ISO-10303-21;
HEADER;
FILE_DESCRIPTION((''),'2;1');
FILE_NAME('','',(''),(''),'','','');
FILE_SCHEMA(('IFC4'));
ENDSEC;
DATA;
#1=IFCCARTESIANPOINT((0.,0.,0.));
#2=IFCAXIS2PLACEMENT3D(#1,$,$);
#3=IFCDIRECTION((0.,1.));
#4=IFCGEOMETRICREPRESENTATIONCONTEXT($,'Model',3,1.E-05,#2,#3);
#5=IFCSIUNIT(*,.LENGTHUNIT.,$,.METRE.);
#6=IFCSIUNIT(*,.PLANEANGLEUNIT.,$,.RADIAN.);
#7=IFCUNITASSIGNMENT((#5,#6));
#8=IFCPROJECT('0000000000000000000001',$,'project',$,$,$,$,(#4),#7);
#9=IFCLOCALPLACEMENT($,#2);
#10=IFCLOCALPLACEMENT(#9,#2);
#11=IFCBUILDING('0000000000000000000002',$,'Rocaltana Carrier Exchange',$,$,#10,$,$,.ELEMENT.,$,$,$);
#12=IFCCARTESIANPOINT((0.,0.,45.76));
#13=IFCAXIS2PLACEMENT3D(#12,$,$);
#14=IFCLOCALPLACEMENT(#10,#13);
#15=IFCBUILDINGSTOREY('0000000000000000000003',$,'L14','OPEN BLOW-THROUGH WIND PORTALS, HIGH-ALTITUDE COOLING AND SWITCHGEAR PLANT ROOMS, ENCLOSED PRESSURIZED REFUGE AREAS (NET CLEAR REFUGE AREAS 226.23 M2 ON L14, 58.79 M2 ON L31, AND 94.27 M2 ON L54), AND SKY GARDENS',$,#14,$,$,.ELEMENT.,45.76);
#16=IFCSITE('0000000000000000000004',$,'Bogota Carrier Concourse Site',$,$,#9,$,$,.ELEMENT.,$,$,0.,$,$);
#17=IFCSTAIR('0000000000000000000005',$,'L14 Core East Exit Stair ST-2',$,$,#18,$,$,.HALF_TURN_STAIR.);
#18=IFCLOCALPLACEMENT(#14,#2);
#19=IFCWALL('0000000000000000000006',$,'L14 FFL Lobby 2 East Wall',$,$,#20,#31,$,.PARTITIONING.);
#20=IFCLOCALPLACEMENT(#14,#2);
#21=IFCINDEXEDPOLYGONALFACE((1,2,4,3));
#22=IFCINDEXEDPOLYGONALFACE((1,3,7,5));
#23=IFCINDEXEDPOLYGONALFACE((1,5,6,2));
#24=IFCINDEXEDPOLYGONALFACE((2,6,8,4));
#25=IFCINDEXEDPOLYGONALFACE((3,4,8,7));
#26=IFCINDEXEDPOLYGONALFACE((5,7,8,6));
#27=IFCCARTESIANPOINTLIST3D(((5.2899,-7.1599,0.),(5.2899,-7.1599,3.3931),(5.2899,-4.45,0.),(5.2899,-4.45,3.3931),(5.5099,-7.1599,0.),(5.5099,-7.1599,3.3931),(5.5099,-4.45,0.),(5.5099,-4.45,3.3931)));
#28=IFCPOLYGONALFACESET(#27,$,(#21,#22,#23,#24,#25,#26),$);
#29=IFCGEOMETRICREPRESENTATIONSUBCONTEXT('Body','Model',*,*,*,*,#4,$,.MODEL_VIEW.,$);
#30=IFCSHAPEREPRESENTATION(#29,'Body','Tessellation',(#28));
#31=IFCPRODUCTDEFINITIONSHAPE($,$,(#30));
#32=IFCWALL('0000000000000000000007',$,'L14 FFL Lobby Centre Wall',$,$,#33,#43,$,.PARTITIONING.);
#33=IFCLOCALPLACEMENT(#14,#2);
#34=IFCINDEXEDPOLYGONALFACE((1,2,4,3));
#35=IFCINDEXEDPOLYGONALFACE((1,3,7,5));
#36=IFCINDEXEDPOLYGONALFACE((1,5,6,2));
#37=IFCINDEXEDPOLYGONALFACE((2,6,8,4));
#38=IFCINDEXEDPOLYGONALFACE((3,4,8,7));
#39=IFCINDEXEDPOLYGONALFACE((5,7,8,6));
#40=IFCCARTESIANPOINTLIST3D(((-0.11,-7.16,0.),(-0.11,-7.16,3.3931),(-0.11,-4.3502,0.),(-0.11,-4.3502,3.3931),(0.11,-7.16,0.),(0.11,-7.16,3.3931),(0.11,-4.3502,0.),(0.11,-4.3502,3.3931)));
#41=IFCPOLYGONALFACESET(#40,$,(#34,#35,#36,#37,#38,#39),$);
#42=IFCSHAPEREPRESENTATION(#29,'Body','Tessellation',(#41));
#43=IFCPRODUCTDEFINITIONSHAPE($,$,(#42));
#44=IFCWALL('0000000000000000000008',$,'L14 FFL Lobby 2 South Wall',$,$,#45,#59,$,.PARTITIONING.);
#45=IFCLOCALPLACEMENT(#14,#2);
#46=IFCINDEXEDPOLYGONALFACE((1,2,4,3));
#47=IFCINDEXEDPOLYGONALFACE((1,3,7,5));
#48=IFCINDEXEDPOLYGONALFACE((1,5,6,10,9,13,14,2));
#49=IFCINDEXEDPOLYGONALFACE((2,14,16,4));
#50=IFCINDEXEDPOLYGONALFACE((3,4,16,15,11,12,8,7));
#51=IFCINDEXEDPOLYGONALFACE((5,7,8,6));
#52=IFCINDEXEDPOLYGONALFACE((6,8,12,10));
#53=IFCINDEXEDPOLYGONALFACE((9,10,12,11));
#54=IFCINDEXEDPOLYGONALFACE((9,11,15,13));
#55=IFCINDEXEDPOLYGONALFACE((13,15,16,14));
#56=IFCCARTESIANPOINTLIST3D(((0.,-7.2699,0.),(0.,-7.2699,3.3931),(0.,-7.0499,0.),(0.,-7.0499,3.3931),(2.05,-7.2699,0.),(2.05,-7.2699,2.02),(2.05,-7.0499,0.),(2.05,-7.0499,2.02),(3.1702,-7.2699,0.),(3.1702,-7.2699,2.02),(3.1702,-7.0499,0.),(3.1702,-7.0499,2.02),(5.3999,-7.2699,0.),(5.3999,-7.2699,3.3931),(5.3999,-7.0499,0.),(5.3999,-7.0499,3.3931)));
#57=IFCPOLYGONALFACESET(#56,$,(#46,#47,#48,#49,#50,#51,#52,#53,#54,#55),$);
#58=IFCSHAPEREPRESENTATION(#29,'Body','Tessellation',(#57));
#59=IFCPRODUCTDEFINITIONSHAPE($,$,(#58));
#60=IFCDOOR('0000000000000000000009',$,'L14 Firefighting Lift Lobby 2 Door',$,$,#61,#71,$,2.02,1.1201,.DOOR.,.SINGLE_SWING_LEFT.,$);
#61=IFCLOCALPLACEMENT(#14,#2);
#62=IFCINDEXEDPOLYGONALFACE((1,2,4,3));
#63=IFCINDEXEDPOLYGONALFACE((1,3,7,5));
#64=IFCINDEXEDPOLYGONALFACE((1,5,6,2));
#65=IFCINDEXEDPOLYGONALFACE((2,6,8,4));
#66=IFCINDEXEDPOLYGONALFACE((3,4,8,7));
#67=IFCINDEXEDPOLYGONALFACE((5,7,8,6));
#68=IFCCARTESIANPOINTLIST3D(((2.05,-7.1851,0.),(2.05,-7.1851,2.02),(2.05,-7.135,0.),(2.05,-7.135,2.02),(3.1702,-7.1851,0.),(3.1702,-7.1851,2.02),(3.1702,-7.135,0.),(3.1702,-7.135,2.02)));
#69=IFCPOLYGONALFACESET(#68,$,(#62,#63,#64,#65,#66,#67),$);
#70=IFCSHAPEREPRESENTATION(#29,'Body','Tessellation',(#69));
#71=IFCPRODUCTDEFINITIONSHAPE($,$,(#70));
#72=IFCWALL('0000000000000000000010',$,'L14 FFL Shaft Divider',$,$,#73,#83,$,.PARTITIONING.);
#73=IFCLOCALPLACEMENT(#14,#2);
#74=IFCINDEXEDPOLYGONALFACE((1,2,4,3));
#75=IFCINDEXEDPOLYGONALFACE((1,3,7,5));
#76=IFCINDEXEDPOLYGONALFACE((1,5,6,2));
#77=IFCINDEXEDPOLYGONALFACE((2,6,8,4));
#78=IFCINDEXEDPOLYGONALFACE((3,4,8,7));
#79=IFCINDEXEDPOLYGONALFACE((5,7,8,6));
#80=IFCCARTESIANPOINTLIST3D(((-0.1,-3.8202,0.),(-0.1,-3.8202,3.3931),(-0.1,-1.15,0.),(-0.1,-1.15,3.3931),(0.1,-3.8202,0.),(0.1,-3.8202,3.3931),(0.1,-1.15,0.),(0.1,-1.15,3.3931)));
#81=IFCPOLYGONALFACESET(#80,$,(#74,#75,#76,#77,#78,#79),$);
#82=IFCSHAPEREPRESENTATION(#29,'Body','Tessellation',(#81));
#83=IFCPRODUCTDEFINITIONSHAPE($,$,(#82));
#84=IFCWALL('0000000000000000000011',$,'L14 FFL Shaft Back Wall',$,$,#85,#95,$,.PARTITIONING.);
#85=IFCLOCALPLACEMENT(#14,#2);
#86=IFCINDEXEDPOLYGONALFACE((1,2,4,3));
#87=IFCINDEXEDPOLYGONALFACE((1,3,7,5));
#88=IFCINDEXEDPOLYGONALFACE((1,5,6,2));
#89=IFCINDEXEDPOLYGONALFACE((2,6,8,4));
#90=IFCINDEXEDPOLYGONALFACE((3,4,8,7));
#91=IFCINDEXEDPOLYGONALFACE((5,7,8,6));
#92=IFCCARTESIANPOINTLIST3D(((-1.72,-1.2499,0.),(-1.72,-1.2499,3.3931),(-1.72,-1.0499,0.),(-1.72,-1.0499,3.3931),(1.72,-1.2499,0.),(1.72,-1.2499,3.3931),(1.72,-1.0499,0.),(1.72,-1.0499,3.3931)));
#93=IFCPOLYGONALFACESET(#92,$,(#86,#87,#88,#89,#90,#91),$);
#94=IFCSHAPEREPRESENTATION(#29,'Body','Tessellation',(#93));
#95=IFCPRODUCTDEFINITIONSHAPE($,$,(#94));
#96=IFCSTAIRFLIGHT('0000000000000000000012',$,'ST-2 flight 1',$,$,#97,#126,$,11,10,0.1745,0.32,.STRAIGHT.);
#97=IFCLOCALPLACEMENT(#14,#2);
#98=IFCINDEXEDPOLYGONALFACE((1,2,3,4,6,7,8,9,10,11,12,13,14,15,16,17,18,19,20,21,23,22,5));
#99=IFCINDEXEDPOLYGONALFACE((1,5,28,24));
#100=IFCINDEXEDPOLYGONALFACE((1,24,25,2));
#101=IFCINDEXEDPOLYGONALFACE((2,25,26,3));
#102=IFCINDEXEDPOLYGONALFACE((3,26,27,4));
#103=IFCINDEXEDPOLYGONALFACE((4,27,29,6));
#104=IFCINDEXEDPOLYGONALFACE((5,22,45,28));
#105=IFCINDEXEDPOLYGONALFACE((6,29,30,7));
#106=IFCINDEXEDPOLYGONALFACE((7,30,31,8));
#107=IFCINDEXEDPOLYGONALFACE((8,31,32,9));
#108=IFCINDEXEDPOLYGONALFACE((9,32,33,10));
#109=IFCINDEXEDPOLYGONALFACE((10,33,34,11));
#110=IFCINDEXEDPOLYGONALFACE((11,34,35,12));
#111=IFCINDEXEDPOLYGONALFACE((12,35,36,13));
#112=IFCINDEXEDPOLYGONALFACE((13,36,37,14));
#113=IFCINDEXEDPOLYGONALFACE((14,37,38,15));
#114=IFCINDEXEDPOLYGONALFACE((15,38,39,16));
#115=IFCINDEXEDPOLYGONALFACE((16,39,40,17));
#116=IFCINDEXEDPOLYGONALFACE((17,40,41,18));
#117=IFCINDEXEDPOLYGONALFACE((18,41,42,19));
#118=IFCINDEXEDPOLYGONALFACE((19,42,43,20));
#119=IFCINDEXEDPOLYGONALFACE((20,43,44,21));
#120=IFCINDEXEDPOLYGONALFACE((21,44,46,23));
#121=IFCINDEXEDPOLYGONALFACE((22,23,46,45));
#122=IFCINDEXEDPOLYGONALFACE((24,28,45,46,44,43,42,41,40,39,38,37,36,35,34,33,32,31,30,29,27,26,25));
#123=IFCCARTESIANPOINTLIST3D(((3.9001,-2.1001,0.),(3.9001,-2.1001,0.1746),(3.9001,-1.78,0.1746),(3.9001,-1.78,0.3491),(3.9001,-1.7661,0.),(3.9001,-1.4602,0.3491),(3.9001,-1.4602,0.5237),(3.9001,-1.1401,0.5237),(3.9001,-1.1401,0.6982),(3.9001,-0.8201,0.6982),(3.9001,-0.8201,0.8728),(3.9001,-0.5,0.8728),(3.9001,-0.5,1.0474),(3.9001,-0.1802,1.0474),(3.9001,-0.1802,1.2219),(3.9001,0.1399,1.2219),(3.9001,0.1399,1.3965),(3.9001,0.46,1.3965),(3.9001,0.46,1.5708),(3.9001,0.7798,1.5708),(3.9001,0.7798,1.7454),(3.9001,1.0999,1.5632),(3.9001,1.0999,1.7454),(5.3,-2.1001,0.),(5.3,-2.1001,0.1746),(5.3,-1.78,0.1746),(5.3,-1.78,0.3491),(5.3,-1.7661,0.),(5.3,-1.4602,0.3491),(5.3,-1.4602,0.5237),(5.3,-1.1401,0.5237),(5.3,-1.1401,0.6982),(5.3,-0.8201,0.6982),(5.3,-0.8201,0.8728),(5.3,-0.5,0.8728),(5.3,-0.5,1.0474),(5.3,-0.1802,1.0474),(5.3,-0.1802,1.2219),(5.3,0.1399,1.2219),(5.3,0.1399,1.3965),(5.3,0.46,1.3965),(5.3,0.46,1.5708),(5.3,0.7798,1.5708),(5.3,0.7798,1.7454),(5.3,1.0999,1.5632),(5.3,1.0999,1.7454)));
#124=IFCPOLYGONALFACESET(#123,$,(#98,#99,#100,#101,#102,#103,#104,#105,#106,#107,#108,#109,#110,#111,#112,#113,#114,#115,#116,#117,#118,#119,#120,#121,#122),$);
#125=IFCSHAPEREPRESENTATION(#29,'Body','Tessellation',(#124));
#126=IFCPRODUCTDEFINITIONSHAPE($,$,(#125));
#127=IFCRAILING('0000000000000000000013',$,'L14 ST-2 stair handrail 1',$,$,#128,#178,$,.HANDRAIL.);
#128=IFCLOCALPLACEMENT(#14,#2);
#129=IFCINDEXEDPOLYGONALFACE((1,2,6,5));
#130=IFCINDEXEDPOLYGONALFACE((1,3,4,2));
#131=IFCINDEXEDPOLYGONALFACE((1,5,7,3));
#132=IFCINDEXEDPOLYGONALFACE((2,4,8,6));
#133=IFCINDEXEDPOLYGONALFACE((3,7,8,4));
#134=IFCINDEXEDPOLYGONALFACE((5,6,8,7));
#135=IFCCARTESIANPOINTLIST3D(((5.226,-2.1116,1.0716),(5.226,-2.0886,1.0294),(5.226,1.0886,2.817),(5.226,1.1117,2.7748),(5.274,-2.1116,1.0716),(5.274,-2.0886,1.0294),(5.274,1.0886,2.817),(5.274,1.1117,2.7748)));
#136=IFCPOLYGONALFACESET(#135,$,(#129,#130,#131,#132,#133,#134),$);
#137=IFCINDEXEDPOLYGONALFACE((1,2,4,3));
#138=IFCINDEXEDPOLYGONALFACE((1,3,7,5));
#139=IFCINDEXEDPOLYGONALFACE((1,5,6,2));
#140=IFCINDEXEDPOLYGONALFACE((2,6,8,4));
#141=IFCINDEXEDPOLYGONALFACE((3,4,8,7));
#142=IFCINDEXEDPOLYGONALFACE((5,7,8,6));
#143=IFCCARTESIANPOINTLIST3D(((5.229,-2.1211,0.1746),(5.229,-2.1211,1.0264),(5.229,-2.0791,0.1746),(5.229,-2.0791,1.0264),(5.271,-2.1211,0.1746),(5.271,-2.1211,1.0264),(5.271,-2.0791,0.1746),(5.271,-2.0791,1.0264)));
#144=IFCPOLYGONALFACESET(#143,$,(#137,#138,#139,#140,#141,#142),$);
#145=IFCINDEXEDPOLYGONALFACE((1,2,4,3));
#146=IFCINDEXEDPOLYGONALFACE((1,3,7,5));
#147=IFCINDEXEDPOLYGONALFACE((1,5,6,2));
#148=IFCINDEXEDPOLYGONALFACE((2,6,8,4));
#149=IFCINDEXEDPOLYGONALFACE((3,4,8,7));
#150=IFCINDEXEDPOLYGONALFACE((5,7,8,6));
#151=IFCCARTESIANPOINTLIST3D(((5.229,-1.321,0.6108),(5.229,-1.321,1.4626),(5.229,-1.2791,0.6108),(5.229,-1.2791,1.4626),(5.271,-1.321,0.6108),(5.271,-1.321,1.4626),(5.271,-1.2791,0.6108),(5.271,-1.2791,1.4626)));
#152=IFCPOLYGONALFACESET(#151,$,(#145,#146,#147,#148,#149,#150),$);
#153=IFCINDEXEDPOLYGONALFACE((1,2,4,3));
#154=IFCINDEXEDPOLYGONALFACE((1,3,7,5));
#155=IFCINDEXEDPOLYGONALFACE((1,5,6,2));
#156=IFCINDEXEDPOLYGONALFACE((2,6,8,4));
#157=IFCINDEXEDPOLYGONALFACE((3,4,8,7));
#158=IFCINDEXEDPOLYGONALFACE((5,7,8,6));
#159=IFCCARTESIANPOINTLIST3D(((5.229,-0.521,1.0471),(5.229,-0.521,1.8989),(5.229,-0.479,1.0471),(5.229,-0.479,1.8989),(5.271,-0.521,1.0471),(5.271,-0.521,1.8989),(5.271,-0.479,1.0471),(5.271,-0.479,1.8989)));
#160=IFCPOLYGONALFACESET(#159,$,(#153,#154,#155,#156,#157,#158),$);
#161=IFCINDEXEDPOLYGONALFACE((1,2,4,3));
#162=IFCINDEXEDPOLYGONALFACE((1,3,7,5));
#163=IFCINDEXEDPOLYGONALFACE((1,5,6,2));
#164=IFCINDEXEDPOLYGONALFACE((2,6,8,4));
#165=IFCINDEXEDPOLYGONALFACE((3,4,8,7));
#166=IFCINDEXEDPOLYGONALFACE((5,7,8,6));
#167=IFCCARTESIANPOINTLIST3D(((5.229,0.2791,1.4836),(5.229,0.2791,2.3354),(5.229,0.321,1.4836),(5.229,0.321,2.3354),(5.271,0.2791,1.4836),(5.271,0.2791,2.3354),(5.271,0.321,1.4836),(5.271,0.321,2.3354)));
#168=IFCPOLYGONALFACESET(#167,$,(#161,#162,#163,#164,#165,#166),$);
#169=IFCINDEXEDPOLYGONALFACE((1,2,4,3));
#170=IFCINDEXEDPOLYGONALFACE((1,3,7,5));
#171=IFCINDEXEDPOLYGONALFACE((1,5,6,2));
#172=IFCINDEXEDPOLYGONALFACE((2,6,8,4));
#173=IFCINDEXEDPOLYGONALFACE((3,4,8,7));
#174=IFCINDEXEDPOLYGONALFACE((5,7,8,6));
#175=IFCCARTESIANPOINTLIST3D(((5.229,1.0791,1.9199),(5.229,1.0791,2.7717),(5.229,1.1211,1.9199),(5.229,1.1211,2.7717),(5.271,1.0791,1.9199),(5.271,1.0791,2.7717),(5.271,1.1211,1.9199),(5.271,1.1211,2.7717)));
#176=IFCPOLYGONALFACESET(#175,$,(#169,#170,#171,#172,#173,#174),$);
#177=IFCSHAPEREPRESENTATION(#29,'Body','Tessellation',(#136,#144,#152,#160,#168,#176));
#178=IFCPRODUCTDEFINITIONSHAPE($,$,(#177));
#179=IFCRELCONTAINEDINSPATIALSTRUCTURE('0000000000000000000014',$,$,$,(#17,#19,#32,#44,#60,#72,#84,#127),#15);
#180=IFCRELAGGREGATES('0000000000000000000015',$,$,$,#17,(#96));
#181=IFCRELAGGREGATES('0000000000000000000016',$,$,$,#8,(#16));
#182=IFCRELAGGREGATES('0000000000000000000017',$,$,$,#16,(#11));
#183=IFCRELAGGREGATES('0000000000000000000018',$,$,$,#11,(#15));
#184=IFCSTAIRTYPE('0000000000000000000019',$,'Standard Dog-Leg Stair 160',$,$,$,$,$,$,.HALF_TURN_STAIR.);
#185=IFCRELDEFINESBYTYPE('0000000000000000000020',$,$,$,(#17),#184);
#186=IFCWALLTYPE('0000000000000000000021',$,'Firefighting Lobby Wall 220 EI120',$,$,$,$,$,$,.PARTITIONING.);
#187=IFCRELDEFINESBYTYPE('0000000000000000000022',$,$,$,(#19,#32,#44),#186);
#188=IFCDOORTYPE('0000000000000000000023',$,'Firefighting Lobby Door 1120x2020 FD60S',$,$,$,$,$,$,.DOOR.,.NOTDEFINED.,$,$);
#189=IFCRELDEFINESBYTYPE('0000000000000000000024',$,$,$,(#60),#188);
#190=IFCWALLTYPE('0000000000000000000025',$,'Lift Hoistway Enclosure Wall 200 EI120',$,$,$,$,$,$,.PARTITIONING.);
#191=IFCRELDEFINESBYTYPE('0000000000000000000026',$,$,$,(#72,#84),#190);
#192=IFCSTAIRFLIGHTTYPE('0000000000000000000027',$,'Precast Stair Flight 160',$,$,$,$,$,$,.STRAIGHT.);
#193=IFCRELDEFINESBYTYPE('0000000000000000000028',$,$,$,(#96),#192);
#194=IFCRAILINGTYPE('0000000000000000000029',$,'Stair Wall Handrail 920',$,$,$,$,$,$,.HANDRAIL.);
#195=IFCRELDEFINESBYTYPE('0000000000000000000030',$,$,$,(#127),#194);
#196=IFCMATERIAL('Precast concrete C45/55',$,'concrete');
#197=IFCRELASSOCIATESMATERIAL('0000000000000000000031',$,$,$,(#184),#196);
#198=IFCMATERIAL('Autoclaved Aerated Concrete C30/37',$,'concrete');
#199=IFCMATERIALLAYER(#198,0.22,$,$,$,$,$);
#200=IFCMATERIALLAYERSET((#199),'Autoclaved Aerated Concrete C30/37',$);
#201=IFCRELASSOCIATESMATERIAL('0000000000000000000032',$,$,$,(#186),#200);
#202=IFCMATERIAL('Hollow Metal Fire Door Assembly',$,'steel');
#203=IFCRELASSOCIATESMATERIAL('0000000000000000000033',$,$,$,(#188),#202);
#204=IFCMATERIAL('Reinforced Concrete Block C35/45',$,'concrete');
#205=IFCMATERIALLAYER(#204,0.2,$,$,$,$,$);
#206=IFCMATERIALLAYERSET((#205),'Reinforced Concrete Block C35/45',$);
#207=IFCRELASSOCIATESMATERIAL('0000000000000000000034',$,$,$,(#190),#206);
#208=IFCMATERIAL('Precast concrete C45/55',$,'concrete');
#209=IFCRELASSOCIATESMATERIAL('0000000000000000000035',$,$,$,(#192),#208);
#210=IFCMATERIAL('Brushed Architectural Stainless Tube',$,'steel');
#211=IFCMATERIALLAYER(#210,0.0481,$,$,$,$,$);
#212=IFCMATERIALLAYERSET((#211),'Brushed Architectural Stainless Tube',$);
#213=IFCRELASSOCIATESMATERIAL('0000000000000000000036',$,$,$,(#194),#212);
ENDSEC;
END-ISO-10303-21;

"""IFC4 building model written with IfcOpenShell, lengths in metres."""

from ifc_helpers import new_model, si_unit, direction, frame, frame_2d, origin, origin_2d, place, context, subcontext, project, spatial, polyline, rectangle, outline, extrude, material, layer, layer_set, type_object, element, fill, aggregate, save


model = new_model("IFC4")

# Units and contexts
model_context = context("Model", 3, precision=1e-05, world=origin(), true_north=direction((0.0, 1.0)))
body_context = subcontext(model_context, "Body", "Model", "MODEL_VIEW")
ifc_project = project(units=[si_unit("LENGTHUNIT", "METRE"), si_unit("PLANEANGLEUNIT", "RADIAN")], contexts=[model_context])

# Site, building, storey
site_placement = place(None, origin())
site = spatial("IfcSite", under=ifc_project, at=site_placement, Name="Bogota Carrier Concourse Site", CompositionType="ELEMENT", RefElevation=0.0)
building_placement = place(site_placement, origin())
building = spatial("IfcBuilding", under=site, at=building_placement, Name="Rocaltana Carrier Exchange", CompositionType="ELEMENT")
storey_placement = place(building_placement, frame((0.0, 0.0, 45.76)))
storey = spatial("IfcBuildingStorey", under=building, at=storey_placement, Name="L14", Description="OPEN BLOW-THROUGH WIND PORTALS, HIGH-ALTITUDE COOLING AND SWITCHGEAR PLANT ROOMS, ENCLOSED PRESSURIZED REFUGE AREAS (NET CLEAR REFUGE AREAS 226.23 M2 ON L14, 58.79 M2 ON L31, AND 94.27 M2 ON L54), AND SKY GARDENS", CompositionType="ELEMENT", Elevation=45.76)

# Stair
ifc_material_1 = material(Name="Precast concrete C45/55", Category="concrete")
stair_type = type_object("IfcStairType", Name="Standard Dog-Leg Stair 160", PredefinedType="HALF_TURN_STAIR", material=ifc_material_1)
stair_1_placement = place(storey_placement, origin())
stair_1 = element("IfcStair", 1, at=stair_1_placement, inside=storey, type_object=stair_type, Name="L14 Core East Exit Stair ST-2", PredefinedType="HALF_TURN_STAIR")

# Walls
ifc_material_2 = material(Name="Autoclaved Aerated Concrete C30/37", Category="concrete")
ifc_layer_1 = layer(ifc_material_2, 0.22)
ifc_layer_set_1 = layer_set([ifc_layer_1], Name="Autoclaved Aerated Concrete C30/37")
wall_type_1 = type_object("IfcWallType", Name="Firefighting Lobby Wall 220 EI120", PredefinedType="PARTITIONING", material=ifc_layer_set_1)
wall_1_placement = place(storey_placement, frame((5.3999, -7.1599, 0.0), z_axis=(0.0, 0.0, 1.0), x_axis=(0.0, 1.0, 0.0)))
element("IfcWall", 2, at=wall_1_placement, inside=storey, type_object=wall_type_1, Name="L14 FFL Lobby 2 East Wall", PredefinedType="PARTITIONING", context=body_context, shape_type="SweptSolid", body=[
    extrude(rectangle(XDim=2.71, YDim=0.22, at=frame_2d((1.355, 0.0))), origin(), (0.0, 0.0, 1.0), 3.3931),
])
wall_2_placement = place(storey_placement, frame((0.0, -7.1599, 0.0), z_axis=(0.0, 0.0, 1.0), x_axis=(0.0, 1.0, 0.0)))
element("IfcWall", 3, at=wall_2_placement, inside=storey, type_object=wall_type_1, Name="L14 FFL Lobby Centre Wall", PredefinedType="PARTITIONING", context=body_context, shape_type="SweptSolid", body=[
    extrude(rectangle(XDim=2.8098, YDim=0.22, at=frame_2d((1.4048, 0.0))), origin(), (0.0, 0.0, 1.0), 3.3931),
])

# Wall, opening, door
wall_3_placement = place(storey_placement, frame((0.0, -7.1599, 0.0), z_axis=(0.0, 0.0, 1.0), x_axis=(1.0, 0.0, 0.0)))
wall_3 = element("IfcWall", 4, at=wall_3_placement, inside=storey, type_object=wall_type_1, Name="L14 FFL Lobby 2 South Wall", PredefinedType="PARTITIONING", context=body_context, shape_type="SweptSolid", body=[
    extrude(rectangle(XDim=5.3999, YDim=0.22, at=frame_2d((2.7, 0.0))), origin(), (0.0, 0.0, 1.0), 3.3931),
])
opening_placement = place(wall_3_placement, frame((2.05, 0.0, 0.0)))
opening = element("IfcOpeningElement", 5, at=opening_placement, cuts=wall_3, PredefinedType="OPENING", context=body_context, shape_type="SweptSolid", body=[
    extrude(rectangle(XDim=1.1201, YDim=2.02, at=frame_2d((0.5601, 1.01))), frame((0.0, 0.1199, 0.0), z_axis=(0.0, -1.0, 0.0), x_axis=(1.0, 0.0, 0.0)), (0.0, 0.0, 1.0), 0.24),
])
ifc_material_3 = material(Name="Hollow Metal Fire Door Assembly", Category="steel")
door_type = type_object("IfcDoorType", Name="Firefighting Lobby Door 1120x2020 FD60S", OperationType="NOTDEFINED", PredefinedType="DOOR", material=ifc_material_3)
door_placement = place(opening_placement, origin())
door = element("IfcDoor", 6, at=door_placement, inside=storey, type_object=door_type, Name="L14 Firefighting Lift Lobby 2 Door", OperationType="SINGLE_SWING_LEFT", OverallHeight=2.02, OverallWidth=1.1201, PredefinedType="DOOR", context=body_context, shape_type="SweptSolid", body=[
    extrude(rectangle(XDim=1.1201, YDim=2.02, at=frame_2d((0.5601, 1.01))), frame((0.0, 0.0249, 0.0), z_axis=(0.0, -1.0, 0.0), x_axis=(1.0, 0.0, 0.0)), (0.0, 0.0, 1.0), 0.05),
])
fill(opening, door)

# Walls
ifc_material_4 = material(Name="Reinforced Concrete Block C35/45", Category="concrete")
ifc_layer_2 = layer(ifc_material_4, 0.2)
ifc_layer_set_2 = layer_set([ifc_layer_2], Name="Reinforced Concrete Block C35/45")
wall_type_2 = type_object("IfcWallType", Name="Lift Hoistway Enclosure Wall 200 EI120", PredefinedType="PARTITIONING", material=ifc_layer_set_2)
wall_4_placement = place(storey_placement, frame((0.0, -3.8201, 0.0), z_axis=(0.0, 0.0, 1.0), x_axis=(0.0, 1.0, 0.0)))
element("IfcWall", 7, at=wall_4_placement, inside=storey, type_object=wall_type_2, Name="L14 FFL Shaft Divider", PredefinedType="PARTITIONING", context=body_context, shape_type="SweptSolid", body=[
    extrude(rectangle(XDim=2.6702, YDim=0.2, at=frame_2d((1.335, 0.0))), origin(), (0.0, 0.0, 1.0), 3.3931),
])
wall_5_placement = place(storey_placement, frame((-1.72, -1.1499, 0.0), z_axis=(0.0, 0.0, 1.0), x_axis=(1.0, 0.0, 0.0)))
element("IfcWall", 8, at=wall_5_placement, inside=storey, type_object=wall_type_2, Name="L14 FFL Shaft Back Wall", PredefinedType="PARTITIONING", context=body_context, shape_type="SweptSolid", body=[
    extrude(rectangle(XDim=3.4399, YDim=0.2, at=frame_2d((1.72, 0.0))), origin(), (0.0, 0.0, 1.0), 3.3931),
])

# Stair flight
ifc_material_5 = material(Name="Precast concrete C45/55", Category="concrete")
stair_flight_type = type_object("IfcStairFlightType", Name="Precast Stair Flight 160", PredefinedType="STRAIGHT", material=ifc_material_5)
stair_flight_placement = place(storey_placement, frame((4.6001, -2.1001, 0.0), z_axis=(0.0, 0.0, 1.0), x_axis=(0.0, 1.0, 0.0)))
stair_flight = element("IfcStairFlight", 9, at=stair_flight_placement, type_object=stair_flight_type, Name="ST-2 flight 1", NumberOfRisers=11, NumberOfTreads=10, PredefinedType="STRAIGHT", RiserHeight=0.1745, TreadLength=0.32, context=body_context, shape_type="SweptSolid", body=[
    extrude(outline(polyline([(0.0, 0.0), (0.0, 0.1746), (0.3201, 0.1746), (0.3201, 0.3491), (0.6399, 0.3491), (0.6399, 0.5237), (0.96, 0.5237), (0.96, 0.6982), (1.28, 0.6982), (1.28, 0.8728), (1.6001, 0.8728), (1.6001, 1.0474), (1.9199, 1.0474), (1.9199, 1.2219), (2.24, 1.2219), (2.24, 1.3965), (2.5601, 1.3965), (2.5601, 1.5708), (2.8799, 1.5708), (2.8799, 1.7454), (3.2, 1.7454), (3.2, 1.9199), (3.2, 1.5632), (0.334, 0.0), (0.0, 0.0)])), frame((0.0, 0.7, 0.0), z_axis=(0.0, -1.0, 0.0), x_axis=(1.0, 0.0, 0.0)), (0.0, 0.0, 1.0), 1.3999),
])
aggregate(stair_1, [stair_flight])

# Railing
ifc_material_6 = material(Name="Brushed Architectural Stainless Tube", Category="steel")
ifc_layer_3 = layer(ifc_material_6, 0.0481)
ifc_layer_set_3 = layer_set([ifc_layer_3], Name="Brushed Architectural Stainless Tube")
railing_type_1 = type_object("IfcRailingType", Name="Stair Wall Handrail 920", PredefinedType="HANDRAIL", material=ifc_layer_set_3)
railing_1_placement = place(storey_placement, frame((5.25, -2.1001, 0.1746)))
element("IfcRailing", 10, at=railing_1_placement, inside=storey, type_object=railing_type_1, Name="L14 ST-2 stair handrail 1", PredefinedType="HANDRAIL", context=body_context, shape_type="SweptSolid", body=[
    extrude(rectangle(XDim=0.0481, YDim=0.0481, at=origin_2d()), frame((0.0, 0.0, 0.876), z_axis=(0.0, 0.877919, 0.47881), x_axis=(-1.0, 0.0, 0.0)), (0.0, 0.0, 1.0), 3.6453),
    extrude(rectangle(XDim=0.042, YDim=0.042, at=origin_2d()), origin(), (0.0, 0.0, 1.0), 0.8518),
    extrude(rectangle(XDim=0.042, YDim=0.042, at=origin_2d()), frame((0.0, 0.8, 0.4363)), (0.0, 0.0, 1.0), 0.8518),
    extrude(rectangle(XDim=0.042, YDim=0.042, at=origin_2d()), frame((0.0, 1.6001, 0.8726)), (0.0, 0.0, 1.0), 0.8518),
    extrude(rectangle(XDim=0.042, YDim=0.042, at=origin_2d()), frame((0.0, 2.4001, 1.3091)), (0.0, 0.0, 1.0), 0.8518),
    extrude(rectangle(XDim=0.042, YDim=0.042, at=origin_2d()), frame((0.0, 3.2002, 1.7454)), (0.0, 0.0, 1.0), 0.8518),
])

save(model, "model.ifc")
